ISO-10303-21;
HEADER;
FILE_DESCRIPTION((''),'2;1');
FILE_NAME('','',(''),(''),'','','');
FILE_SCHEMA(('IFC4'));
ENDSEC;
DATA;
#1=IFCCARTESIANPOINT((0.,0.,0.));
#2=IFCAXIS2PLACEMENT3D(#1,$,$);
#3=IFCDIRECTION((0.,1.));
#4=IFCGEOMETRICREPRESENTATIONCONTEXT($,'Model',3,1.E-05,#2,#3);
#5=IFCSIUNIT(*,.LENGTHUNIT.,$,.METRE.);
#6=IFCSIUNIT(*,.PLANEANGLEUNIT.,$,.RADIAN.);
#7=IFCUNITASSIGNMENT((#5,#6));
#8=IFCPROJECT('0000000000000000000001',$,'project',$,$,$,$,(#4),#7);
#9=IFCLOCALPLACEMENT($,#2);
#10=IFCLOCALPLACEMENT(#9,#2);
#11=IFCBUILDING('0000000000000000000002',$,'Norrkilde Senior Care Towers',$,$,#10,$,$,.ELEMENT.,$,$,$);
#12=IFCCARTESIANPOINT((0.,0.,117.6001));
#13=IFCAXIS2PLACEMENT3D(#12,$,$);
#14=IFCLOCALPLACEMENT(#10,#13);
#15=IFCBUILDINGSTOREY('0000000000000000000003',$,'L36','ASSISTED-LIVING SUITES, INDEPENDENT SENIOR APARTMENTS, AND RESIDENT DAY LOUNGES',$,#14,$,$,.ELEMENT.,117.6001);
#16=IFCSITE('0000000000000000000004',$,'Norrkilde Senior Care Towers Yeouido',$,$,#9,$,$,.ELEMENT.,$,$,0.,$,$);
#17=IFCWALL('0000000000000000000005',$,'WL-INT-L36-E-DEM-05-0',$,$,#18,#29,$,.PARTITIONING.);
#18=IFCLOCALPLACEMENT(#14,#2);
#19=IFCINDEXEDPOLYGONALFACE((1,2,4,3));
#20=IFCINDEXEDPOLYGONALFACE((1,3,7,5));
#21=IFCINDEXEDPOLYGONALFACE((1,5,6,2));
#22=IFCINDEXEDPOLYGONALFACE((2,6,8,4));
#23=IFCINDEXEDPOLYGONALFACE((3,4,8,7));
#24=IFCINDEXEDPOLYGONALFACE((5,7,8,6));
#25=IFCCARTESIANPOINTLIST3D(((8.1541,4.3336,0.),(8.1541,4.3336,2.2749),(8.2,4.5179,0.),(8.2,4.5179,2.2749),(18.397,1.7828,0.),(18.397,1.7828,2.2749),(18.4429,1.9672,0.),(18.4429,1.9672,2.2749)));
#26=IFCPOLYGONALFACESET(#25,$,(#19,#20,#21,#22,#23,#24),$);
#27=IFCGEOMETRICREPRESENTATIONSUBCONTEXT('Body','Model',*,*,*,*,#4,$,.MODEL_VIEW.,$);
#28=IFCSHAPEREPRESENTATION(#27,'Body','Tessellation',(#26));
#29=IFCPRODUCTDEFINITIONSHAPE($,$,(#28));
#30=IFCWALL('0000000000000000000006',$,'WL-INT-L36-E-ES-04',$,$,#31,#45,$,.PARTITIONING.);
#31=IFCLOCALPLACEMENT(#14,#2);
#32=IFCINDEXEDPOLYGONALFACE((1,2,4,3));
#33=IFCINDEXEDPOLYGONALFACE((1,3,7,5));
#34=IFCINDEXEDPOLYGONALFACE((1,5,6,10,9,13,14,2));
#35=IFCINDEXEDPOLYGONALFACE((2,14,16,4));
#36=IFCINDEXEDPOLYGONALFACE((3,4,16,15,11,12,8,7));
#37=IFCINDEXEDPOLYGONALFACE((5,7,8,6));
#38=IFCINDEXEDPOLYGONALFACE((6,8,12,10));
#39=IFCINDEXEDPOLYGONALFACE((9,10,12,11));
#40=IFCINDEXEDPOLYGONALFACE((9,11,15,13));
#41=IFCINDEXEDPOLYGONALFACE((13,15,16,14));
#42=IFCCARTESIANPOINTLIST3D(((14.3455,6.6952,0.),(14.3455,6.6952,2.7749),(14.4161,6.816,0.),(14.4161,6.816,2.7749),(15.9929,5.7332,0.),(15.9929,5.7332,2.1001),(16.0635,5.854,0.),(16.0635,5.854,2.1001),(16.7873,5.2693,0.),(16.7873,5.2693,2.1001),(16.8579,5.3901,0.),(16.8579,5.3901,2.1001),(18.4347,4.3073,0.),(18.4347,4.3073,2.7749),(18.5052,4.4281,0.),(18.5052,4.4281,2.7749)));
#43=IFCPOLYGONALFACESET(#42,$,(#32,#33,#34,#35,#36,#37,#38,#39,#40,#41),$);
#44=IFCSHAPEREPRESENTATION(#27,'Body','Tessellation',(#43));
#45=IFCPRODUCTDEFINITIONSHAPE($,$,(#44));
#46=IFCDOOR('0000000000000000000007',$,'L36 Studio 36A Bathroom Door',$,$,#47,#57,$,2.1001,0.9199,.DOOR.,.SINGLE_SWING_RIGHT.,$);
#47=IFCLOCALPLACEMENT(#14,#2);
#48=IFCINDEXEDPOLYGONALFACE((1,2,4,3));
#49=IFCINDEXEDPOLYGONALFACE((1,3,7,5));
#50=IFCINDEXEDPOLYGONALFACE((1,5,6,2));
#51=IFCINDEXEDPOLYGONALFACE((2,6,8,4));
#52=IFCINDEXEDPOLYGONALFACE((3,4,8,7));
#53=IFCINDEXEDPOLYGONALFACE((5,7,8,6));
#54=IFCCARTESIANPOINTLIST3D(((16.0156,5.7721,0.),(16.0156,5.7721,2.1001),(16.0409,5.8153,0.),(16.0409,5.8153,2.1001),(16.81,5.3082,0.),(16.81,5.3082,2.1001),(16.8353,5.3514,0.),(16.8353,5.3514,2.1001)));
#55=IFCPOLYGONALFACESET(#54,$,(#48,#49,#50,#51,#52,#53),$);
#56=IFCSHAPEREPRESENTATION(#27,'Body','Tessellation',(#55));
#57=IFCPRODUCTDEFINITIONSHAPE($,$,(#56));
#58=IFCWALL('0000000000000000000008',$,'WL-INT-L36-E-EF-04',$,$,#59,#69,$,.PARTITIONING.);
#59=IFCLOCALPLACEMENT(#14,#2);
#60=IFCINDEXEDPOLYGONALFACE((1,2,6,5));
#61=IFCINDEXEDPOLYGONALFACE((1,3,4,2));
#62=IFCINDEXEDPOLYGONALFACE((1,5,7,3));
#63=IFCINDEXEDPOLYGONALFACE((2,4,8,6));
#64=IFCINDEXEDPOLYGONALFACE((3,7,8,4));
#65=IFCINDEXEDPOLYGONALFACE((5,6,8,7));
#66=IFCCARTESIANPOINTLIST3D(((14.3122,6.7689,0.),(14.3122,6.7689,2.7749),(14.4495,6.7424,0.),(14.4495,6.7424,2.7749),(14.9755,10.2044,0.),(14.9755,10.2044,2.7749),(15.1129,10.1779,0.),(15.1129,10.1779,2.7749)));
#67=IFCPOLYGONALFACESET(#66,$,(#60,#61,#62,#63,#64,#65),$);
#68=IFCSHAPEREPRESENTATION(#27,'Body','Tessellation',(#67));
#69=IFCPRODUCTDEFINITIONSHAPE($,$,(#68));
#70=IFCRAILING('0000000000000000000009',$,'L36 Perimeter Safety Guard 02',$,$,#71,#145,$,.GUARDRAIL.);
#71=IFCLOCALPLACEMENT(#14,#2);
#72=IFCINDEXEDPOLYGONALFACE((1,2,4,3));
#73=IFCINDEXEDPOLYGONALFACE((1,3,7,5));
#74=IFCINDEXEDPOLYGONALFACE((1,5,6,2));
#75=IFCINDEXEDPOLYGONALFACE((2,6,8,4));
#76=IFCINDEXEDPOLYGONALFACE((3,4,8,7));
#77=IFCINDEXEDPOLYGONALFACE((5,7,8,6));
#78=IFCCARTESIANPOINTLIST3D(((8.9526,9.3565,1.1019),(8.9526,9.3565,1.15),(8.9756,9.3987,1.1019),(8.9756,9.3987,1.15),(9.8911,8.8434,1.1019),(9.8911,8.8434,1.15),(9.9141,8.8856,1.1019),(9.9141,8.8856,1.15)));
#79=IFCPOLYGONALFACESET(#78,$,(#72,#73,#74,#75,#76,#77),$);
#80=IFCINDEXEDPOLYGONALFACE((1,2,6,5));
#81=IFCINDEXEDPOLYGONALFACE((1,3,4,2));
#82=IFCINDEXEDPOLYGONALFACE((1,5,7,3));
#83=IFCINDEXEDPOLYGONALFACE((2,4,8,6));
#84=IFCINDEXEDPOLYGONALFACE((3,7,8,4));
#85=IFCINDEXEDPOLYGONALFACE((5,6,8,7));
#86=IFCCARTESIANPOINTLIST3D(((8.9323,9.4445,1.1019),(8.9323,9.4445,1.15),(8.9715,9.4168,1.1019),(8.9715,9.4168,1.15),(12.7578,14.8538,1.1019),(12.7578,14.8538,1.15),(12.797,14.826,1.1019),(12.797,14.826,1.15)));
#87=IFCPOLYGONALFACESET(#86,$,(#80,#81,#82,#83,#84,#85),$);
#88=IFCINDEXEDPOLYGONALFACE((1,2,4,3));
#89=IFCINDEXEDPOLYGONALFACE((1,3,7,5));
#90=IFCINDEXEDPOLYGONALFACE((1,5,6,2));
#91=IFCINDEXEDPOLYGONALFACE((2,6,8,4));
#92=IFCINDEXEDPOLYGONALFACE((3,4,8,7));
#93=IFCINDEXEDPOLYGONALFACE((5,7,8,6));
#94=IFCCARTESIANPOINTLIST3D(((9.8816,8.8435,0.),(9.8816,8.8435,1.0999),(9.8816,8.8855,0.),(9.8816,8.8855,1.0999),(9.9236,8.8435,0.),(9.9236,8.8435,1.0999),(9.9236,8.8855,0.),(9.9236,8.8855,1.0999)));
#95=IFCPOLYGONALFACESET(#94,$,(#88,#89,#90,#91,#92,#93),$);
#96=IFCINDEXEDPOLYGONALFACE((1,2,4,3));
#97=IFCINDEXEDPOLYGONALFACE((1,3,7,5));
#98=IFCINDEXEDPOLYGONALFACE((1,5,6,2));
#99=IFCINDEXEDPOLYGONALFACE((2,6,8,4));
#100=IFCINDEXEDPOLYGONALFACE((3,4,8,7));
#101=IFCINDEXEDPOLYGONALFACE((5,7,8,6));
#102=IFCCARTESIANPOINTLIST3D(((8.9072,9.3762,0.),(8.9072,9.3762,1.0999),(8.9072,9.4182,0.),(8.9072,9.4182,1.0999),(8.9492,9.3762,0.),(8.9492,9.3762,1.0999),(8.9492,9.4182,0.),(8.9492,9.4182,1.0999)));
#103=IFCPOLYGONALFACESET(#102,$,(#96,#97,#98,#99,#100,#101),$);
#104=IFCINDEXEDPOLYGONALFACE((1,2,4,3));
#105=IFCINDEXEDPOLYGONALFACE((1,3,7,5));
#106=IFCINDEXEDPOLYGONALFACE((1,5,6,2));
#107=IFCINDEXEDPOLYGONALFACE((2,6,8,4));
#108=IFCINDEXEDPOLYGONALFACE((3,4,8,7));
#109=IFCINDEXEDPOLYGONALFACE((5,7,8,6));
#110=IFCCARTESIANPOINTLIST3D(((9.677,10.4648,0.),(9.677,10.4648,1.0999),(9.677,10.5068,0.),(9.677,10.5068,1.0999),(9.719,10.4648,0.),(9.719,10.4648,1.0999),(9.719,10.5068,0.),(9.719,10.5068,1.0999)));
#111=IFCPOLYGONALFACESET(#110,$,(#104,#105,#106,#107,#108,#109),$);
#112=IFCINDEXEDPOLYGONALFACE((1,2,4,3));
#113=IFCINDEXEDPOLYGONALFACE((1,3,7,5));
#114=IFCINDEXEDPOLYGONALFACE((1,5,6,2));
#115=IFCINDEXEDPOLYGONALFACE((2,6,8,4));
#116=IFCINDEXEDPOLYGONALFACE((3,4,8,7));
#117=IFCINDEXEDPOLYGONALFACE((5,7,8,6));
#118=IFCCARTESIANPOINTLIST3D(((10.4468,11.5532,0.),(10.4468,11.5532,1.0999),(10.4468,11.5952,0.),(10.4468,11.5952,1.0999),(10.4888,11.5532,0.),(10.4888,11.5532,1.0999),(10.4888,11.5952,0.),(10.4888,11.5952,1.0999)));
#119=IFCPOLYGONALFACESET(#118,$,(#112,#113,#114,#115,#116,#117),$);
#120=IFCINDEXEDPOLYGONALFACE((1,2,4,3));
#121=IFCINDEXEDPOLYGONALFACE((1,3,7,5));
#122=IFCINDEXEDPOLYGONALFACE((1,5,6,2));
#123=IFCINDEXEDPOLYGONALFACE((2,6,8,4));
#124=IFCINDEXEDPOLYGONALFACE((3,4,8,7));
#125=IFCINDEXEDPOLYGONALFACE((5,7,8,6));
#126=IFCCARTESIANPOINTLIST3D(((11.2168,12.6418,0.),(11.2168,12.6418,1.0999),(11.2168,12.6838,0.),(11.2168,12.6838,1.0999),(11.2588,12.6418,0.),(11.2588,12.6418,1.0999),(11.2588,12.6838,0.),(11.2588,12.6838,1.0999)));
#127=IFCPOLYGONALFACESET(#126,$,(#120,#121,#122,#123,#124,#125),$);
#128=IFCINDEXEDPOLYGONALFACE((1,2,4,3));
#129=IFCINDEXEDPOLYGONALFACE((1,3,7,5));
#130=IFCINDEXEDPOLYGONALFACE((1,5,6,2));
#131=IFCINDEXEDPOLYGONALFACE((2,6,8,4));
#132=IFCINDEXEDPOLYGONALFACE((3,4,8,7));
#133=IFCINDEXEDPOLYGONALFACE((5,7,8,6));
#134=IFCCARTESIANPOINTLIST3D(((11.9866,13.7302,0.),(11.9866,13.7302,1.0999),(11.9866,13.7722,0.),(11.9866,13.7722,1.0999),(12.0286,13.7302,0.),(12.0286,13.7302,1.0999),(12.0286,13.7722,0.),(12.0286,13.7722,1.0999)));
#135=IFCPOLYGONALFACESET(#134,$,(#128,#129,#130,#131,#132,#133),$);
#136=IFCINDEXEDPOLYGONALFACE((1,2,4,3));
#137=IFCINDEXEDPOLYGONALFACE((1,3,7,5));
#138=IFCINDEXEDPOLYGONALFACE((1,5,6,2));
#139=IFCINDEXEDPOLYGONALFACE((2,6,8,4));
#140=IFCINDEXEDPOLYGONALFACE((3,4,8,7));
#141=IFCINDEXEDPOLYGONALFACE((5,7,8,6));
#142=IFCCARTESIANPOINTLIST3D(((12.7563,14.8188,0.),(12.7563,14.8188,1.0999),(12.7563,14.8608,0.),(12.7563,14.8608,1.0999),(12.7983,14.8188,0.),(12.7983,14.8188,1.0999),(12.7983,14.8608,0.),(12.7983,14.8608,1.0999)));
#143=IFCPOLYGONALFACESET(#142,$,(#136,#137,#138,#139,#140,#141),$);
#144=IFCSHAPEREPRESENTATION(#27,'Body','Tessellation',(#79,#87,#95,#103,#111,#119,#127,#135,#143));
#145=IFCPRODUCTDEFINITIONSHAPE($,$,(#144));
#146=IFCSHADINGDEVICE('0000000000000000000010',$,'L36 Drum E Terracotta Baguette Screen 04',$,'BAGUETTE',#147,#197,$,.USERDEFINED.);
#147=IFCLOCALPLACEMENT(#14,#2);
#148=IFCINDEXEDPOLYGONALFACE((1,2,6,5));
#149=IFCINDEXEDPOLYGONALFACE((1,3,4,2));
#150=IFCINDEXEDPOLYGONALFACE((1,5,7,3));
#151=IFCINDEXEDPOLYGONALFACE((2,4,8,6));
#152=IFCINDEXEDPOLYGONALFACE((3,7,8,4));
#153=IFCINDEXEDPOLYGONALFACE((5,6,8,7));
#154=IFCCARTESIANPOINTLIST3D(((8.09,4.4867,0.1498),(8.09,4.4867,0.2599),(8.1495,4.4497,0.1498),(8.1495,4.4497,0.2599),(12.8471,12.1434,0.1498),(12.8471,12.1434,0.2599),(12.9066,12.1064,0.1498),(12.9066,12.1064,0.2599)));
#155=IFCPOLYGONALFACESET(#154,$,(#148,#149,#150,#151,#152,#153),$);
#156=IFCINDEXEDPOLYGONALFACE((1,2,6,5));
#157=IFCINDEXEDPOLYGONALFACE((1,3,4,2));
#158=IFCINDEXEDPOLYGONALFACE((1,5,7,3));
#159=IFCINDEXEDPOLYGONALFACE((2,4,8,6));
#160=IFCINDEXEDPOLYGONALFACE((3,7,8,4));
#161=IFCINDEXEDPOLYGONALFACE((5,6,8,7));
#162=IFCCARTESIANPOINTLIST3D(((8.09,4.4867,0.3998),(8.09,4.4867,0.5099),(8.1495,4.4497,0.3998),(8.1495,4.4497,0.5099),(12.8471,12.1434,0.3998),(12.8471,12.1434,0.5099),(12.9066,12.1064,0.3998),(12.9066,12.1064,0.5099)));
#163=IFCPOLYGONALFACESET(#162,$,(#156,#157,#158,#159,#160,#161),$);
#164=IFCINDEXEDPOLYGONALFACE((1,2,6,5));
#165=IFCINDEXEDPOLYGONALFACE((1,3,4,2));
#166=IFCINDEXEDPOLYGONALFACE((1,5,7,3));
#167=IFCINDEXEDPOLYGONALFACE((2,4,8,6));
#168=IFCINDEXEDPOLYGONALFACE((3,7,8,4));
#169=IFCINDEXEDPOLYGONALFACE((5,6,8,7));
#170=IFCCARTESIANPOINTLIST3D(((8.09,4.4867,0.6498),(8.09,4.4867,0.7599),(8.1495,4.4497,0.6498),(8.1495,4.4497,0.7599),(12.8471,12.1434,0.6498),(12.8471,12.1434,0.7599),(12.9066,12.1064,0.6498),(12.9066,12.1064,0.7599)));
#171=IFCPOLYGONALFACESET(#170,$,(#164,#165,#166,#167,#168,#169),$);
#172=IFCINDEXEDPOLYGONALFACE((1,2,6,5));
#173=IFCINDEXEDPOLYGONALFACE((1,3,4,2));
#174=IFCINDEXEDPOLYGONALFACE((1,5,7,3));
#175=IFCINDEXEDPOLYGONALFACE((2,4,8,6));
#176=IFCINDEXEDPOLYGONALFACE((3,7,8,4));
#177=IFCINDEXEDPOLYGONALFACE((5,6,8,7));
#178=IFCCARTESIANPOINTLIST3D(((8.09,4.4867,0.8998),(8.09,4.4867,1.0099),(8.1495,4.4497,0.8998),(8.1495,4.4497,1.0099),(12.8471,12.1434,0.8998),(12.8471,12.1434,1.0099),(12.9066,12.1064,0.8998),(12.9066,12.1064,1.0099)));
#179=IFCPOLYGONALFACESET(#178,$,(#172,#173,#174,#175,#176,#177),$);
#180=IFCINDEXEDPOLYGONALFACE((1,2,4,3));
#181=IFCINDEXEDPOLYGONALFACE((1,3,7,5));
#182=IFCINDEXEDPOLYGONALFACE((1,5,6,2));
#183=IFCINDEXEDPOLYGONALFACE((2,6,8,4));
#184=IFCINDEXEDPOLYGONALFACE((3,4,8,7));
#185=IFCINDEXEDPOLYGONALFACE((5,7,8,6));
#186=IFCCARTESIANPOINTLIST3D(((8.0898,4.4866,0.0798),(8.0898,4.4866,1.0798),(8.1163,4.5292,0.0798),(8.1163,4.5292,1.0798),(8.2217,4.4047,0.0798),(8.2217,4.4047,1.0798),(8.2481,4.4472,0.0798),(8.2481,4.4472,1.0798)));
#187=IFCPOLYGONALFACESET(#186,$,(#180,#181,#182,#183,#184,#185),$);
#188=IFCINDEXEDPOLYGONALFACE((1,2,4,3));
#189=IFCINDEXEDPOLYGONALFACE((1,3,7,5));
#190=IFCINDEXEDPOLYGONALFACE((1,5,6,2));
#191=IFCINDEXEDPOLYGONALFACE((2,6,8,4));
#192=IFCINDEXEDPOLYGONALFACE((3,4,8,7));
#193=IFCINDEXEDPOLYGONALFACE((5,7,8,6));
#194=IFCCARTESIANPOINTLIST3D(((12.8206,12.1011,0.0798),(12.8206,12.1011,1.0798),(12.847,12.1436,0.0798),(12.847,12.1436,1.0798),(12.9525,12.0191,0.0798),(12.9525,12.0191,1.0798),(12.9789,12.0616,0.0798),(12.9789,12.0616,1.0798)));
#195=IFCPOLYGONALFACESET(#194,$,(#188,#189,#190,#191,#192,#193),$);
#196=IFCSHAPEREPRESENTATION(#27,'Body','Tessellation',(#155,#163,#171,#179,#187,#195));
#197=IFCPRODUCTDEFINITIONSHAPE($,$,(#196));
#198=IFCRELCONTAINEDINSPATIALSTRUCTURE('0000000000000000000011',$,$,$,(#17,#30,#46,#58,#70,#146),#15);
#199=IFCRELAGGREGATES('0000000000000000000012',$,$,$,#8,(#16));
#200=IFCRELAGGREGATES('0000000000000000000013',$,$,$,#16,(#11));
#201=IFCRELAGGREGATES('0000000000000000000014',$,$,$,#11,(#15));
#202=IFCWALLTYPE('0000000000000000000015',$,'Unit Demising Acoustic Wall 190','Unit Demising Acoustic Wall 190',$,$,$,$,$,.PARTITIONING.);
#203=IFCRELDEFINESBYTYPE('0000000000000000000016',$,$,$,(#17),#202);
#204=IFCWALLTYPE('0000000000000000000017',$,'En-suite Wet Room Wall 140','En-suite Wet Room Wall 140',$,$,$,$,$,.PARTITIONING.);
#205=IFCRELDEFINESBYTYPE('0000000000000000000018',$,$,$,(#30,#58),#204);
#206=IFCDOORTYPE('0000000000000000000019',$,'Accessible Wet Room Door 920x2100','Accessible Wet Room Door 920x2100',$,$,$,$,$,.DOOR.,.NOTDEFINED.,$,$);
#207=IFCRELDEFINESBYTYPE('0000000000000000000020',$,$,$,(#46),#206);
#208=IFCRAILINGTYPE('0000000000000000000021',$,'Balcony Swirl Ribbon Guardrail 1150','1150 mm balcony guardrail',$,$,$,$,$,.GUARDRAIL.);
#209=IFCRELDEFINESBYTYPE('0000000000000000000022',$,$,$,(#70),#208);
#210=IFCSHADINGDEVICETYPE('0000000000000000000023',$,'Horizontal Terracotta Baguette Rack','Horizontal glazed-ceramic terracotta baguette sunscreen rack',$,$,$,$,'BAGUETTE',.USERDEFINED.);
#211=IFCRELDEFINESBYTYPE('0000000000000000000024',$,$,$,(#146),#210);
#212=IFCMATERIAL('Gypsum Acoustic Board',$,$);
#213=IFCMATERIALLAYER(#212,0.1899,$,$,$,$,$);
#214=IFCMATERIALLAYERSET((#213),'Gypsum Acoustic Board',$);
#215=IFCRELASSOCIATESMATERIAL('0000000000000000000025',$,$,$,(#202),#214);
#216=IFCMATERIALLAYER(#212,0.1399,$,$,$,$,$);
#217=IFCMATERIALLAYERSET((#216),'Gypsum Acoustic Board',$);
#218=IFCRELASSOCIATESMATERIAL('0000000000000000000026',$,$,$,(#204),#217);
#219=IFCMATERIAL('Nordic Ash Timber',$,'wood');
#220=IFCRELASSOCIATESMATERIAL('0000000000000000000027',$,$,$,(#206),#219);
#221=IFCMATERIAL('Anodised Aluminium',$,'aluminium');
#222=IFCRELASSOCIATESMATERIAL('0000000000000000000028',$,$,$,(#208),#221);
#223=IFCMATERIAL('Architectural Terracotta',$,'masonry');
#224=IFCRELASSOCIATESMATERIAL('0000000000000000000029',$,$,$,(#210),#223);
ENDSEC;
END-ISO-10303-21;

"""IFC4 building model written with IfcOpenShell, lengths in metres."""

from ifc_helpers import new_model, si_unit, direction, frame, frame_2d, origin, origin_2d, place, context, subcontext, project, spatial, rectangle, extrude, source, transform, mapped, material, layer, layer_set, type_object, type_shapes, element, fill, save


model = new_model("IFC4")

# Units and contexts
model_context = context("Model", 3, precision=1e-05, world=origin(), true_north=direction((0.0, 1.0)))
body_context = subcontext(model_context, "Body", "Model", "MODEL_VIEW")
ifc_project = project(units=[si_unit("LENGTHUNIT", "METRE"), si_unit("PLANEANGLEUNIT", "RADIAN")], contexts=[model_context])

# Site, building, storey
site_placement = place(None, origin())
site = spatial("IfcSite", under=ifc_project, at=site_placement, Name="Norrkilde Senior Care Towers Yeouido", CompositionType="ELEMENT", RefElevation=0.0)
building_placement = place(site_placement, origin())
building = spatial("IfcBuilding", under=site, at=building_placement, Name="Norrkilde Senior Care Towers", CompositionType="ELEMENT")
storey_placement = place(building_placement, frame((0.0, 0.0, 117.6001)))
storey = spatial("IfcBuildingStorey", under=building, at=storey_placement, Name="L36", Description="ASSISTED-LIVING SUITES, INDEPENDENT SENIOR APARTMENTS, AND RESIDENT DAY LOUNGES", CompositionType="ELEMENT", Elevation=117.6001)

# Shared definitions
ifc_material_1 = material(Name="Anodised Aluminium", Category="aluminium")

# Wall
ifc_material_2 = material(Name="Gypsum Acoustic Board")
ifc_layer_1 = layer(ifc_material_2, 0.1899)
ifc_layer_set_1 = layer_set([ifc_layer_1], Name="Gypsum Acoustic Board")
wall_type_1 = type_object("IfcWallType", Name="Unit Demising Acoustic Wall 190", Description="Unit Demising Acoustic Wall 190", PredefinedType="PARTITIONING", material=ifc_layer_set_1)
shared_shape_1 = source(origin(), body_context, "Body", "SweptSolid", [
    extrude(rectangle(XDim=10.5557, YDim=0.1899, at=frame_2d((5.2778, 0.0))), origin(), (0.0, 0.0, 1.0), 2.2749),
])
type_shapes(wall_type_1, [shared_shape_1])
wall_1_placement = place(storey_placement, frame((18.4199, 1.875, 0.0), z_axis=(0.0, 0.0, 1.0), x_axis=(-0.970364, 0.241648, 0.0)))
element("IfcWall", 1, at=wall_1_placement, inside=storey, type_object=wall_type_1, Name="WL-INT-L36-E-DEM-05-0", PredefinedType="PARTITIONING", context=body_context, shape_type="MappedRepresentation", body=[
    mapped(shared_shape_1, transform((0.0, 0.0, 0.0), x_axis=(1.0, 0.0, 0.0), y_axis=(0.0, 1.0, 0.0), z_axis=(0.0, 0.0, 1.0), scale=1.0)),
])

# Wall, opening, door
ifc_layer_2 = layer(ifc_material_2, 0.1399)
ifc_layer_set_2 = layer_set([ifc_layer_2], Name="Gypsum Acoustic Board")
wall_type_2 = type_object("IfcWallType", Name="En-suite Wet Room Wall 140", Description="En-suite Wet Room Wall 140", PredefinedType="PARTITIONING", material=ifc_layer_set_2)
shared_shape_2 = source(origin(), body_context, "Body", "SweptSolid", [
    extrude(rectangle(XDim=4.7354, YDim=0.1399, at=frame_2d((2.3677, 0.0))), origin(), (0.0, 0.0, 1.0), 2.7749),
])
wall_2_placement = place(storey_placement, frame((18.47, 4.3677, 0.0), z_axis=(0.0, 0.0, 1.0), x_axis=(-0.863538, 0.504284, 0.0)))
wall_2 = element("IfcWall", 2, at=wall_2_placement, inside=storey, type_object=wall_type_2, Name="WL-INT-L36-E-ES-04", PredefinedType="PARTITIONING", context=body_context, shape_type="MappedRepresentation", body=[
    mapped(shared_shape_2, transform((0.0, 0.0, 0.0), x_axis=(1.0, 0.0, 0.0), y_axis=(0.0, 1.0, 0.0), z_axis=(0.0, 0.0, 1.0), scale=1.0)),
])
opening_placement = place(wall_2_placement, frame((1.9077, 0.0, 0.0)))
opening = element("IfcOpeningElement", 3, at=opening_placement, cuts=wall_2, PredefinedType="OPENING", context=body_context, shape_type="SweptSolid", body=[
    extrude(rectangle(XDim=0.9199, YDim=2.1001, at=frame_2d((0.46, 1.05))), frame((0.0, 0.0798, 0.0), z_axis=(0.0, -1.0, 0.0), x_axis=(1.0, 0.0, 0.0)), (0.0, 0.0, 1.0), 0.1599),
])
ifc_material_3 = material(Name="Nordic Ash Timber", Category="wood")
door_type = type_object("IfcDoorType", Name="Accessible Wet Room Door 920x2100", Description="Accessible Wet Room Door 920x2100", OperationType="NOTDEFINED", PredefinedType="DOOR", material=ifc_material_3)
shared_shape_3 = source(origin(), body_context, "Body", "SweptSolid", [
    extrude(rectangle(XDim=0.9199, YDim=2.1001, at=frame_2d((0.46, 1.05))), frame((0.0, 0.0249, 0.0), z_axis=(0.0, -1.0, 0.0), x_axis=(1.0, 0.0, 0.0)), (0.0, 0.0, 1.0), 0.05),
])
type_shapes(door_type, [shared_shape_3])
door_placement = place(opening_placement, origin())
door = element("IfcDoor", 4, at=door_placement, inside=storey, type_object=door_type, Name="L36 Studio 36A Bathroom Door", OperationType="SINGLE_SWING_RIGHT", OverallHeight=2.1001, OverallWidth=0.9199, PredefinedType="DOOR", context=body_context, shape_type="MappedRepresentation", body=[
    mapped(shared_shape_3, transform((0.0, 0.0, 0.0), x_axis=(1.0, 0.0, 0.0), y_axis=(0.0, 1.0, 0.0), z_axis=(0.0, 0.0, 1.0), scale=1.0)),
])
fill(opening, door)

# Wall
shared_shape_4 = source(origin(), body_context, "Body", "SweptSolid", [
    extrude(rectangle(XDim=3.499, YDim=0.1399, at=frame_2d((1.7495, 0.0))), origin(), (0.0, 0.0, 1.0), 2.7749),
])
type_shapes(wall_type_2, [shared_shape_2, shared_shape_4])
wall_3_placement = place(storey_placement, frame((14.3809, 6.7556, 0.0), z_axis=(0.0, 0.0, 1.0), x_axis=(0.189577, 0.981866, 0.0)))
element("IfcWall", 5, at=wall_3_placement, inside=storey, type_object=wall_type_2, Name="WL-INT-L36-E-EF-04", PredefinedType="PARTITIONING", context=body_context, shape_type="MappedRepresentation", body=[
    mapped(shared_shape_4, transform((0.0, 0.0, 0.0), x_axis=(1.0, 0.0, 0.0), y_axis=(0.0, 1.0, 0.0), z_axis=(0.0, 0.0, 1.0), scale=1.0)),
])

# Railing
railing_type = type_object("IfcRailingType", Name="Balcony Swirl Ribbon Guardrail 1150", Description="1150 mm balcony guardrail", PredefinedType="GUARDRAIL", material=ifc_material_1)
railing_1_placement = place(storey_placement, frame((9.9026, 8.8645, 0.0)))
element("IfcRailing", 6, at=railing_1_placement, inside=storey, type_object=railing_type, Name="L36 Perimeter Safety Guard 02", PredefinedType="GUARDRAIL", context=body_context, shape_type="SweptSolid", body=[
    extrude(rectangle(XDim=0.0481, YDim=0.0481, at=origin_2d()), frame((0.0, 0.0, 1.126), z_axis=(-0.877425, 0.479714, 0.0), x_axis=(-0.479714, -0.877425, 0.0)), (0.0, 0.0, 1.0), 1.0696),
    extrude(rectangle(XDim=0.0481, YDim=0.0481, at=origin_2d()), frame((-0.9507, 0.5662, 1.126), z_axis=(0.577411, 0.816454, 0.0), x_axis=(-0.816454, 0.577411, 0.0)), (0.0, 0.0, 1.0), 6.6252),
    extrude(rectangle(XDim=0.042, YDim=0.042, at=origin_2d()), origin(), (0.0, 0.0, 1.0), 1.0999),
    extrude(rectangle(XDim=0.042, YDim=0.042, at=origin_2d()), frame((-0.9744, 0.5327, 0.0)), (0.0, 0.0, 1.0), 1.0999),
    extrude(rectangle(XDim=0.042, YDim=0.042, at=origin_2d()), frame((-0.2046, 1.6213, 0.0)), (0.0, 0.0, 1.0), 1.0999),
    extrude(rectangle(XDim=0.042, YDim=0.042, at=origin_2d()), frame((0.5652, 2.7097, 0.0)), (0.0, 0.0, 1.0), 1.0999),
    extrude(rectangle(XDim=0.042, YDim=0.042, at=origin_2d()), frame((1.3352, 3.7983, 0.0)), (0.0, 0.0, 1.0), 1.0999),
    extrude(rectangle(XDim=0.042, YDim=0.042, at=origin_2d()), frame((2.105, 4.8867, 0.0)), (0.0, 0.0, 1.0), 1.0999),
    extrude(rectangle(XDim=0.042, YDim=0.042, at=origin_2d()), frame((2.8748, 5.9753, 0.0)), (0.0, 0.0, 1.0), 1.0999),
])

# Shading device
ifc_material_4 = material(Name="Architectural Terracotta", Category="masonry")
shading_device_type = type_object("IfcShadingDeviceType", Name="Horizontal Terracotta Baguette Rack", Description="Horizontal glazed-ceramic terracotta baguette sunscreen rack", ElementType="BAGUETTE", PredefinedType="USERDEFINED", material=ifc_material_4)
shared_shape_5 = source(origin(), body_context, "Body", "SweptSolid", [
    extrude(rectangle(XDim=0.0701, YDim=0.1101, at=origin_2d()), frame((0.0, 0.0901, 0.125), z_axis=(1.0, 0.0, 0.0), x_axis=(0.0, 1.0, 0.0)), (0.0, 0.0, 1.0), 9.0142),
    extrude(rectangle(XDim=0.0701, YDim=0.1101, at=origin_2d()), frame((0.0, 0.0901, 0.375), z_axis=(1.0, 0.0, 0.0), x_axis=(0.0, 1.0, 0.0)), (0.0, 0.0, 1.0), 9.0142),
    extrude(rectangle(XDim=0.0701, YDim=0.1101, at=origin_2d()), frame((0.0, 0.0901, 0.625), z_axis=(1.0, 0.0, 0.0), x_axis=(0.0, 1.0, 0.0)), (0.0, 0.0, 1.0), 9.0142),
    extrude(rectangle(XDim=0.0701, YDim=0.1101, at=origin_2d()), frame((0.0, 0.0901, 0.875), z_axis=(1.0, 0.0, 0.0), x_axis=(0.0, 1.0, 0.0)), (0.0, 0.0, 1.0), 9.0142),
    extrude(rectangle(XDim=0.05, YDim=0.1553, at=origin_2d()), frame((0.0249, 0.0476, 0.0)), (0.0, 0.0, 1.0), 1.0),
    extrude(rectangle(XDim=0.05, YDim=0.1553, at=origin_2d()), frame((8.9893, 0.0476, 0.0)), (0.0, 0.0, 1.0), 1.0),
])
type_shapes(shading_device_type, [shared_shape_5])
shading_device_placement = place(storey_placement, frame((8.1963, 4.4207, 0.0798), z_axis=(0.0, 0.0, 1.0), x_axis=(0.527734, 0.849412, 0.0)))
element("IfcShadingDevice", 7, at=shading_device_placement, inside=storey, type_object=shading_device_type, Name="L36 Drum E Terracotta Baguette Screen 04", ObjectType="BAGUETTE", PredefinedType="USERDEFINED", context=body_context, shape_type="MappedRepresentation", body=[
    mapped(shared_shape_5, transform((0.0, 0.0, 0.0), x_axis=(1.0, 0.0, 0.0), y_axis=(0.0, 1.0, 0.0), z_axis=(0.0, 0.0, 1.0), scale=1.0)),
])

save(model, "model.ifc")
